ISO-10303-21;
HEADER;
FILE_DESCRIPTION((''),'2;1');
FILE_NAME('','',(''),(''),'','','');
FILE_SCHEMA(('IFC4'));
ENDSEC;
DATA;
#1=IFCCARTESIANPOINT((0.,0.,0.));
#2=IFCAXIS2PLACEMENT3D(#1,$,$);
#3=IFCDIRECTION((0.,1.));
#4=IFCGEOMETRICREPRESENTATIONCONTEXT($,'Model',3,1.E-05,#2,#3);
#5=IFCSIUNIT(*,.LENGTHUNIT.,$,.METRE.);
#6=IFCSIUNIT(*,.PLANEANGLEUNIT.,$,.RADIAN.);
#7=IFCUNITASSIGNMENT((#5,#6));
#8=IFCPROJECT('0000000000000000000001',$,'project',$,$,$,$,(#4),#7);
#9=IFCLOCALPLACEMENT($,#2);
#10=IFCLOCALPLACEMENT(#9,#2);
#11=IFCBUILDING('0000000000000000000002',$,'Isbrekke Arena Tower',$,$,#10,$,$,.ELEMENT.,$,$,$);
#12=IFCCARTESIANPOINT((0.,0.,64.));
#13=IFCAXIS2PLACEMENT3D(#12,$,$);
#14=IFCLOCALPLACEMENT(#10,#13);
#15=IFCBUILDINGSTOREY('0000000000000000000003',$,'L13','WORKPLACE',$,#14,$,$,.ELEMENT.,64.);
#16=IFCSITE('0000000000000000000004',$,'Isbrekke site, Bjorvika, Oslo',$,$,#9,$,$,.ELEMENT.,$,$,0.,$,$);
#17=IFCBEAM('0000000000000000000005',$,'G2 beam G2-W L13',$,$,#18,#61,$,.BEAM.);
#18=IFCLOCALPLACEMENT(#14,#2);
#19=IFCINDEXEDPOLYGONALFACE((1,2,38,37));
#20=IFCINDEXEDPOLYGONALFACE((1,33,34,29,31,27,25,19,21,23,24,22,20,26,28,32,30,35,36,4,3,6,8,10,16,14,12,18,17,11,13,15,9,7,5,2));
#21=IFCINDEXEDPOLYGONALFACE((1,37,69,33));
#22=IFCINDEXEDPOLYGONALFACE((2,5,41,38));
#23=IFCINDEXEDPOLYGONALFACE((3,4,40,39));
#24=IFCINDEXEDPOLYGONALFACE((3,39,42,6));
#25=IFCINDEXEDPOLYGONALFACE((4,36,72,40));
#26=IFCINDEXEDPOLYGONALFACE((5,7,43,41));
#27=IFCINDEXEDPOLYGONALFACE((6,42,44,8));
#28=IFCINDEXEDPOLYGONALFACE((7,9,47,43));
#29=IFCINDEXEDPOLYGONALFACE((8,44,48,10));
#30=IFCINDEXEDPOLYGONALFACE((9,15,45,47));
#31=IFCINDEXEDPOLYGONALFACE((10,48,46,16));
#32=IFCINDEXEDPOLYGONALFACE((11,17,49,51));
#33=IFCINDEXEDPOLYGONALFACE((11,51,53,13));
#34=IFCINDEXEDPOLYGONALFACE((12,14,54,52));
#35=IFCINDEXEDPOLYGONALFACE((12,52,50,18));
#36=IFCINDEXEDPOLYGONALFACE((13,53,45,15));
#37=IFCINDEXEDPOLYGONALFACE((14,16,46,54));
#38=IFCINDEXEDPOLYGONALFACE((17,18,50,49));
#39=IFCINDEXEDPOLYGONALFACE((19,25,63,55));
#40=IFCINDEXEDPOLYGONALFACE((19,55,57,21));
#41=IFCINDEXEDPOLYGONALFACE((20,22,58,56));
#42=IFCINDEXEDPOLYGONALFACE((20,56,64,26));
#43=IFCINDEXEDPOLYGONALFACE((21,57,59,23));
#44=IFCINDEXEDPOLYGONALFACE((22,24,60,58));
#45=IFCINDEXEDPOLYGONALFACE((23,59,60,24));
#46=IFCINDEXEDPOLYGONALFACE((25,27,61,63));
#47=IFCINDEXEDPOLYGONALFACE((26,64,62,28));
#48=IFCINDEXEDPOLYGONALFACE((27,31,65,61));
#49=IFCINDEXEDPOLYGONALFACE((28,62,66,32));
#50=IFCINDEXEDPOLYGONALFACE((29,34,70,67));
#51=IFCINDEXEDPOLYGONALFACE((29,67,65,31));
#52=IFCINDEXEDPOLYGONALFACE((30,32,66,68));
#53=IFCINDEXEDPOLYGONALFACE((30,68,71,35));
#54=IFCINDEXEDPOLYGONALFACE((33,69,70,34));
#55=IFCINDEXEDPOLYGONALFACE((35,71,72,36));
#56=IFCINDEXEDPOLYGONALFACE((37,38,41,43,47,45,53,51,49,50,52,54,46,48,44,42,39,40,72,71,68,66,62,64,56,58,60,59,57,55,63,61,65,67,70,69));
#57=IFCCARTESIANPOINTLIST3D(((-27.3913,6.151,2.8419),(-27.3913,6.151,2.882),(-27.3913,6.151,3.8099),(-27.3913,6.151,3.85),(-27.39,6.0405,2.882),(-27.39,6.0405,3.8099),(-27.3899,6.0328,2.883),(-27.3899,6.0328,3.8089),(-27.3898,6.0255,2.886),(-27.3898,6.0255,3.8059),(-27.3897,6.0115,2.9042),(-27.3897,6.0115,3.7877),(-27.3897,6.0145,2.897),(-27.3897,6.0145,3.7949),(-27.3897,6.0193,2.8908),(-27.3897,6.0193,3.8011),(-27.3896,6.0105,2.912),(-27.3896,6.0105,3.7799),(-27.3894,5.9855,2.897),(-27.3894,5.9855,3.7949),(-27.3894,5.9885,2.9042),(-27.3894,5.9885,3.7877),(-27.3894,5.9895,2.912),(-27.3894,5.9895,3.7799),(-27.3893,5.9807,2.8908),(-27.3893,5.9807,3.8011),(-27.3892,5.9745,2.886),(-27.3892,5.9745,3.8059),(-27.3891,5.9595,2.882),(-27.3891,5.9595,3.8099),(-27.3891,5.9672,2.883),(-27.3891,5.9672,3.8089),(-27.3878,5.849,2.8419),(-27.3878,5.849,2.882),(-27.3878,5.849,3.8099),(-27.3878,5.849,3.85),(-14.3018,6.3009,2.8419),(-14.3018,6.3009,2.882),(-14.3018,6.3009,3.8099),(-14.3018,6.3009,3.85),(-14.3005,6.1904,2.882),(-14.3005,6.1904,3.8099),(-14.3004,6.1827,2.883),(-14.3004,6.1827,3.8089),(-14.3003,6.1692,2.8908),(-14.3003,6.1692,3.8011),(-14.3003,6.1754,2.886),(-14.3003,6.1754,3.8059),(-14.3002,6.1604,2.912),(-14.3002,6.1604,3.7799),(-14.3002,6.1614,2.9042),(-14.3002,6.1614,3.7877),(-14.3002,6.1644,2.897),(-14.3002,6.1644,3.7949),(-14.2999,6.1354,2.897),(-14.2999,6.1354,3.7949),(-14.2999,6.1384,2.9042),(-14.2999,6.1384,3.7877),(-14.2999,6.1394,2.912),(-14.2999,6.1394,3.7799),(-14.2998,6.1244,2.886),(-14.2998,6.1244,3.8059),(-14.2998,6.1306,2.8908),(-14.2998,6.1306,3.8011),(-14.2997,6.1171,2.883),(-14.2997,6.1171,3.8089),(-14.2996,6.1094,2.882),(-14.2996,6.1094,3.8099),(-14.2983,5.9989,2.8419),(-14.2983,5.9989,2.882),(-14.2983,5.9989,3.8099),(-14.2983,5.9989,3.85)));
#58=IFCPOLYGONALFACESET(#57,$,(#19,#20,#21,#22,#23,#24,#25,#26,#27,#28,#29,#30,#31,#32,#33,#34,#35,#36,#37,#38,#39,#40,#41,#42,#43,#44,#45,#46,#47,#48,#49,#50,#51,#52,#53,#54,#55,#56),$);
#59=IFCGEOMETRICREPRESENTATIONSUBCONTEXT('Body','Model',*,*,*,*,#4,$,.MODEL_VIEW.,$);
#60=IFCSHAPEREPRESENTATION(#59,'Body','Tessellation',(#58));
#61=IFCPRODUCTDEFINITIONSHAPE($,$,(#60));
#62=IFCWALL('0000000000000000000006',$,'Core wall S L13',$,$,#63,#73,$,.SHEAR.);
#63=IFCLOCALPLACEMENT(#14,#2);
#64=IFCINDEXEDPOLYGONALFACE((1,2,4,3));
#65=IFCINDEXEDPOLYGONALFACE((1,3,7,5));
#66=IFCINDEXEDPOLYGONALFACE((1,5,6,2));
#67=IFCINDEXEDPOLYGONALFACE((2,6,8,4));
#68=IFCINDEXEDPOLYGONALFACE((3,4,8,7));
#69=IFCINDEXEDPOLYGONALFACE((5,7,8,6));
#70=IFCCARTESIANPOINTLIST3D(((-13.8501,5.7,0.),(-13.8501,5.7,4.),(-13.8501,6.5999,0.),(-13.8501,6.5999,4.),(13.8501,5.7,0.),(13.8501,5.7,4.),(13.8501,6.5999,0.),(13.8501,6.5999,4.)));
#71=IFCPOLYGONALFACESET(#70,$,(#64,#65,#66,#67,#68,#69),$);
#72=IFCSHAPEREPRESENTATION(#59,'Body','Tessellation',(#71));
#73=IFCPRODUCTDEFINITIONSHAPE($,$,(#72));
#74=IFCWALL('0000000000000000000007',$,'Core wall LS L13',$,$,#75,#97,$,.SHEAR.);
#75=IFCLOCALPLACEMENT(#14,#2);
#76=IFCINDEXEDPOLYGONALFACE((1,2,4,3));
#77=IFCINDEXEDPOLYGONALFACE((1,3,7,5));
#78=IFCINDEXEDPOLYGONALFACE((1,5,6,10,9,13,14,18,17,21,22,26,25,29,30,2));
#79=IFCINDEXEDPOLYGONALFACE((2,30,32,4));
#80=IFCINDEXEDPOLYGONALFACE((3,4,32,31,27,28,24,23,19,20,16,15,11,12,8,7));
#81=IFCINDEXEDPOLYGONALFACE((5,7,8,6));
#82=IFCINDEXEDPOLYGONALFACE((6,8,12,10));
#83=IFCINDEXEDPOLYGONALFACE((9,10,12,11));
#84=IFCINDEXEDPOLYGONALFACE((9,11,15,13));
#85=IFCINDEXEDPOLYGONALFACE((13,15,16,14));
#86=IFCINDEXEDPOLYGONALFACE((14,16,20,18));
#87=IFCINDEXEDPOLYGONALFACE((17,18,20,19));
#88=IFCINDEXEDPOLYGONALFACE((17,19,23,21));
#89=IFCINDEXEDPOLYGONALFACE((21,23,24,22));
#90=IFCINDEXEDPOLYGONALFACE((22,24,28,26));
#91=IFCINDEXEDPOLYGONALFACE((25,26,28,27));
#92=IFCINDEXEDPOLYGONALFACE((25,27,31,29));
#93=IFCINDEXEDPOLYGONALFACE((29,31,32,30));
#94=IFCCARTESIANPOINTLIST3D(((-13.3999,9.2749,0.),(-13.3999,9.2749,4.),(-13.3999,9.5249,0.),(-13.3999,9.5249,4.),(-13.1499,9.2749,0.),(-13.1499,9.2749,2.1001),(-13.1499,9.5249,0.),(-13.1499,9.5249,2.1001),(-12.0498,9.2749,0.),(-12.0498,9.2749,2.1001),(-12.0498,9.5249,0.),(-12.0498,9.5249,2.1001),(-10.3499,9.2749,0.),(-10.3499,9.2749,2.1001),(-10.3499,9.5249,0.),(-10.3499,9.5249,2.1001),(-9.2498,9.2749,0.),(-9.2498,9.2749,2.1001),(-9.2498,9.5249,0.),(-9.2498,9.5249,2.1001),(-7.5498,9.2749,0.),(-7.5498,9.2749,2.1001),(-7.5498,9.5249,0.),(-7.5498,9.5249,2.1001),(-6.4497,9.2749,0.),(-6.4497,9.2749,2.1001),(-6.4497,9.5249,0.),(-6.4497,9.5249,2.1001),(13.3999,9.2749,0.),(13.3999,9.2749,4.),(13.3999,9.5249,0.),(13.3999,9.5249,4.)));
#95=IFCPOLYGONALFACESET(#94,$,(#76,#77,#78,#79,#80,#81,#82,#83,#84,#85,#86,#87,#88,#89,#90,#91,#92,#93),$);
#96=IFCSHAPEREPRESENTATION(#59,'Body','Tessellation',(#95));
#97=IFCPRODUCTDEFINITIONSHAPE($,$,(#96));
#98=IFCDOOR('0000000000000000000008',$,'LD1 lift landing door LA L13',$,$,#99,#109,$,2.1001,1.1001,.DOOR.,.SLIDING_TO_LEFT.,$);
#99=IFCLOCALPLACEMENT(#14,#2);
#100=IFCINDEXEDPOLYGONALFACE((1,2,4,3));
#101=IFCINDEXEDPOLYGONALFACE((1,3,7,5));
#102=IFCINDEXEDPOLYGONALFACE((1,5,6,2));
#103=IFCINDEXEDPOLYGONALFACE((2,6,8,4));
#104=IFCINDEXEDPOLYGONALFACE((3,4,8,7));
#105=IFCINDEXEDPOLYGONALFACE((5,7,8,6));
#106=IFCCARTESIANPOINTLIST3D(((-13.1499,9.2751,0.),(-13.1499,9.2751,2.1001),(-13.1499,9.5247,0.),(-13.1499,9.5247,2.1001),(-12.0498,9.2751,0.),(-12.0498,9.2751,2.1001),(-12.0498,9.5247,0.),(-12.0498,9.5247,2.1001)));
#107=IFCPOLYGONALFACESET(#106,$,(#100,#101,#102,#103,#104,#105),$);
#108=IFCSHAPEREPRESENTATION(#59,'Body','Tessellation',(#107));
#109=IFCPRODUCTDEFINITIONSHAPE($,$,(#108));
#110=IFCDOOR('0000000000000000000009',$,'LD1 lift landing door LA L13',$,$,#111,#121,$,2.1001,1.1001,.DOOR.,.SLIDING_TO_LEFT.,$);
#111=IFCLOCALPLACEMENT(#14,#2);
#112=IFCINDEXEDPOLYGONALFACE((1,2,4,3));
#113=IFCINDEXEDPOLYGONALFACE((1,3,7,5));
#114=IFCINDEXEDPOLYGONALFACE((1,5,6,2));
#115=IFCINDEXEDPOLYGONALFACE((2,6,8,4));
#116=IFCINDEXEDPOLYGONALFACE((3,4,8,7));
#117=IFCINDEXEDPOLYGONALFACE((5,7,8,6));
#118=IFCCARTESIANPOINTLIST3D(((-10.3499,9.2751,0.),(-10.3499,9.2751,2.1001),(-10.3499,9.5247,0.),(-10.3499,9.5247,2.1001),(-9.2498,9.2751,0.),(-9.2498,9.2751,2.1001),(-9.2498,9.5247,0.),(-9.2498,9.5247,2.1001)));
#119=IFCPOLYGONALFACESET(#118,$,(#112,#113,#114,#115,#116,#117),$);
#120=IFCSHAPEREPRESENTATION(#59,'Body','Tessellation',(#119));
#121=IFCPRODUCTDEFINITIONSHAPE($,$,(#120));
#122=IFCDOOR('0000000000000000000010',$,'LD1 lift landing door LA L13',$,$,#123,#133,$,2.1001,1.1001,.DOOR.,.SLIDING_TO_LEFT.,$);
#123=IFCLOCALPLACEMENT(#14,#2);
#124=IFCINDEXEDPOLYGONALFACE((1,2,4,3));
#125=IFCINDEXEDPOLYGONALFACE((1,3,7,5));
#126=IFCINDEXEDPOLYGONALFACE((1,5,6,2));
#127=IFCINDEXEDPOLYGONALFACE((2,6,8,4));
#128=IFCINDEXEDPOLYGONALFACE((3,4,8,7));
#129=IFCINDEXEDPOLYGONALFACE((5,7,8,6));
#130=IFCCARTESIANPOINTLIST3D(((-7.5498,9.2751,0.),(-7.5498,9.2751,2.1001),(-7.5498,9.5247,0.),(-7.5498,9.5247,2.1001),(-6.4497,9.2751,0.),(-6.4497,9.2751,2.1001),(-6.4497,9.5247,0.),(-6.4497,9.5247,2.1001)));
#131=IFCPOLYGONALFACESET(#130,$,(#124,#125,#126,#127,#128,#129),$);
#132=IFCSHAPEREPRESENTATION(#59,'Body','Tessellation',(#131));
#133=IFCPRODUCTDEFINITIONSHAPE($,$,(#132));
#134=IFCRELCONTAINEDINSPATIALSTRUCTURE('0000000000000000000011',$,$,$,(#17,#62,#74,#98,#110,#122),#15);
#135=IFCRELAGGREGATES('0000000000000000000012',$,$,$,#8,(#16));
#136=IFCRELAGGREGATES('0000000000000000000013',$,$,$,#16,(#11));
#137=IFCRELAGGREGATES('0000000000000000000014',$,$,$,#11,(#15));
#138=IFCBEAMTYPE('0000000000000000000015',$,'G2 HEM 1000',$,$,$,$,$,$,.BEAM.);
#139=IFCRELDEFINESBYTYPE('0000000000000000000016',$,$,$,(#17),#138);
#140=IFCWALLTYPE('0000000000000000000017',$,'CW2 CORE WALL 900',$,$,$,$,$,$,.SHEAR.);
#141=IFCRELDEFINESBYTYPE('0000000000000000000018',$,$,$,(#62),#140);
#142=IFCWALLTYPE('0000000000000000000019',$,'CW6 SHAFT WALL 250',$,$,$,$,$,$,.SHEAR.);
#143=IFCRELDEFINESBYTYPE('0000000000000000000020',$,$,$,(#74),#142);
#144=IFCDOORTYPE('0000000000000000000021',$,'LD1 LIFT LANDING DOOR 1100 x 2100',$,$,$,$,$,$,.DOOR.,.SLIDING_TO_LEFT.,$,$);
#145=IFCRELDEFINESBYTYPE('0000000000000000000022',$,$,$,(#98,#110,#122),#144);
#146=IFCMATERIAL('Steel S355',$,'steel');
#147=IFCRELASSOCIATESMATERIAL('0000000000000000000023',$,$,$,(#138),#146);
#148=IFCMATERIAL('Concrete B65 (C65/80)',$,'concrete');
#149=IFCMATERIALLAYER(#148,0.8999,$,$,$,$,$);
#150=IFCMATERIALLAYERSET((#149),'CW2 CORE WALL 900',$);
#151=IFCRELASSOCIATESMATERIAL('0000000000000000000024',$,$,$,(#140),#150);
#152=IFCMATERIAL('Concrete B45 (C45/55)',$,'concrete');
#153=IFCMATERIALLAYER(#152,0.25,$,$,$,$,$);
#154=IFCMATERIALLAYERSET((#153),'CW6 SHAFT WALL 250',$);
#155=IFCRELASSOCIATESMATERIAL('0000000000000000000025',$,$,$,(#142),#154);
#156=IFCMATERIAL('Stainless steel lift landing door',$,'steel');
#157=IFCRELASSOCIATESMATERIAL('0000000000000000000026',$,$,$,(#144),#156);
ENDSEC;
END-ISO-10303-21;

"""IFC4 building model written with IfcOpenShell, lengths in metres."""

from ifc_helpers import new_model, si_unit, direction, frame, frame_2d, origin, origin_2d, place, context, subcontext, project, spatial, rectangle, i_section, extrude, material, layer, layer_set, material_profile, profile_set, type_object, element, fill, save


model = new_model("IFC4")

# Units and contexts
model_context = context("Model", 3, precision=1e-05, world=origin(), true_north=direction((0.0, 1.0)))
body_context = subcontext(model_context, "Body", "Model", "MODEL_VIEW")
ifc_project = project(units=[si_unit("LENGTHUNIT", "METRE"), si_unit("PLANEANGLEUNIT", "RADIAN")], contexts=[model_context])

# Site, building, storey
site_placement = place(None, origin())
site = spatial("IfcSite", under=ifc_project, at=site_placement, Name="Isbrekke site, Bjorvika, Oslo", CompositionType="ELEMENT", RefElevation=0.0)
building_placement = place(site_placement, origin())
building = spatial("IfcBuilding", under=site, at=building_placement, Name="Isbrekke Arena Tower", CompositionType="ELEMENT")
storey_placement = place(building_placement, frame((0.0, 0.0, 64.0)))
storey = spatial("IfcBuildingStorey", under=building, at=storey_placement, Name="L13", Description="WORKPLACE", CompositionType="ELEMENT", Elevation=64.0)

# Beam
ifc_material_1 = material(Name="Steel S355", Category="steel")
ifc_material_profile = material_profile(ifc_material_1, i_section(OverallWidth=0.302, OverallDepth=1.0081, WebThickness=0.021, FlangeThickness=0.04, FilletRadius=0.03, at=origin_2d()), Name="HEM 1000")
ifc_profile_set = profile_set([ifc_material_profile], Name="Steel S355")
beam_type = type_object("IfcBeamType", Name="G2 HEM 1000", PredefinedType="BEAM", material=ifc_profile_set)
beam_placement = place(storey_placement, frame((-14.3, 6.1499, 3.3459), z_axis=(-0.999934, -0.011451, 0.0), x_axis=(0.011451, -0.999934, 0.0)))
element("IfcBeam", 1, at=beam_placement, inside=storey, type_object=beam_type, Name="G2 beam G2-W L13", PredefinedType="BEAM", context=body_context, shape_type="SweptSolid", body=[
    extrude(i_section(OverallWidth=0.302, OverallDepth=1.0081, WebThickness=0.021, FlangeThickness=0.04, FilletRadius=0.03, at=origin_2d()), origin(), (0.0, 0.0, 1.0), 13.0903),
])

# Wall
ifc_material_2 = material(Name="Concrete B65 (C65/80)", Category="concrete")
ifc_layer_1 = layer(ifc_material_2, 0.8999)
ifc_layer_set_1 = layer_set([ifc_layer_1], Name="CW2 CORE WALL 900")
wall_type_1 = type_object("IfcWallType", Name="CW2 CORE WALL 900", PredefinedType="SHEAR", material=ifc_layer_set_1)
wall_1_placement = place(storey_placement, frame((-13.8501, 6.1499, 0.0), z_axis=(0.0, 0.0, 1.0), x_axis=(1.0, 0.0, 0.0)))
element("IfcWall", 2, at=wall_1_placement, inside=storey, type_object=wall_type_1, Name="Core wall S L13", PredefinedType="SHEAR", context=body_context, shape_type="SweptSolid", body=[
    extrude(rectangle(XDim=27.7002, YDim=0.8999, at=frame_2d((13.8501, 0.0))), origin(), (0.0, 0.0, 1.0), 4.0),
])

# Wall, openings, doors
ifc_material_3 = material(Name="Concrete B45 (C45/55)", Category="concrete")
ifc_layer_2 = layer(ifc_material_3, 0.25)
ifc_layer_set_2 = layer_set([ifc_layer_2], Name="CW6 SHAFT WALL 250")
wall_type_2 = type_object("IfcWallType", Name="CW6 SHAFT WALL 250", PredefinedType="SHEAR", material=ifc_layer_set_2)
wall_2_placement = place(storey_placement, frame((-13.3999, 9.3999, 0.0), z_axis=(0.0, 0.0, 1.0), x_axis=(1.0, 0.0, 0.0)))
wall_2 = element("IfcWall", 3, at=wall_2_placement, inside=storey, type_object=wall_type_2, Name="Core wall LS L13", PredefinedType="SHEAR", context=body_context, shape_type="SweptSolid", body=[
    extrude(rectangle(XDim=26.7998, YDim=0.25, at=frame_2d((13.3999, 0.0))), origin(), (0.0, 0.0, 1.0), 4.0),
])
opening_1_placement = place(wall_2_placement, frame((0.25, 0.0, 0.0)))
opening_1 = element("IfcOpeningElement", 4, at=opening_1_placement, cuts=wall_2, PredefinedType="OPENING", context=body_context, shape_type="SweptSolid", body=[
    extrude(rectangle(XDim=1.1001, YDim=2.1001, at=frame_2d((0.55, 1.05))), frame((0.0, 0.1399, 0.0), z_axis=(0.0, -1.0, 0.0), x_axis=(1.0, 0.0, 0.0)), (0.0, 0.0, 1.0), 0.2798),
])
opening_2_placement = place(wall_2_placement, frame((3.05, 0.0, 0.0)))
opening_2 = element("IfcOpeningElement", 5, at=opening_2_placement, cuts=wall_2, PredefinedType="OPENING", context=body_context, shape_type="SweptSolid", body=[
    extrude(rectangle(XDim=1.1001, YDim=2.1001, at=frame_2d((0.55, 1.05))), frame((0.0, 0.1399, 0.0), z_axis=(0.0, -1.0, 0.0), x_axis=(1.0, 0.0, 0.0)), (0.0, 0.0, 1.0), 0.2798),
])
opening_3_placement = place(wall_2_placement, frame((5.8501, 0.0, 0.0)))
opening_3 = element("IfcOpeningElement", 6, at=opening_3_placement, cuts=wall_2, PredefinedType="OPENING", context=body_context, shape_type="SweptSolid", body=[
    extrude(rectangle(XDim=1.1001, YDim=2.1001, at=frame_2d((0.55, 1.05))), frame((0.0, 0.1399, 0.0), z_axis=(0.0, -1.0, 0.0), x_axis=(1.0, 0.0, 0.0)), (0.0, 0.0, 1.0), 0.2798),
])
ifc_material_4 = material(Name="Stainless steel lift landing door", Category="steel")
door_type_1 = type_object("IfcDoorType", Name="LD1 LIFT LANDING DOOR 1100 x 2100", OperationType="SLIDING_TO_LEFT", PredefinedType="DOOR", material=ifc_material_4)
door_1_placement = place(opening_1_placement, origin())
door_1 = element("IfcDoor", 7, at=door_1_placement, inside=storey, type_object=door_type_1, Name="LD1 lift landing door LA L13", OperationType="SLIDING_TO_LEFT", OverallHeight=2.1001, OverallWidth=1.1001, PredefinedType="DOOR", context=body_context, shape_type="SweptSolid", body=[
    extrude(rectangle(XDim=1.1001, YDim=2.1001, at=frame_2d((0.55, 1.05))), frame((0.0, 0.1248, 0.0), z_axis=(0.0, -1.0, 0.0), x_axis=(1.0, 0.0, 0.0)), (0.0, 0.0, 1.0), 0.2495),
])
fill(opening_1, door_1)
door_2_placement = place(opening_2_placement, origin())
door_2 = element("IfcDoor", 8, at=door_2_placement, inside=storey, type_object=door_type_1, Name="LD1 lift landing door LA L13", OperationType="SLIDING_TO_LEFT", OverallHeight=2.1001, OverallWidth=1.1001, PredefinedType="DOOR", context=body_context, shape_type="SweptSolid", body=[
    extrude(rectangle(XDim=1.1001, YDim=2.1001, at=frame_2d((0.55, 1.05))), frame((0.0, 0.1248, 0.0), z_axis=(0.0, -1.0, 0.0), x_axis=(1.0, 0.0, 0.0)), (0.0, 0.0, 1.0), 0.2495),
])
fill(opening_2, door_2)
door_3_placement = place(opening_3_placement, origin())
door_3 = element("IfcDoor", 9, at=door_3_placement, inside=storey, type_object=door_type_1, Name="LD1 lift landing door LA L13", OperationType="SLIDING_TO_LEFT", OverallHeight=2.1001, OverallWidth=1.1001, PredefinedType="DOOR", context=body_context, shape_type="SweptSolid", body=[
    extrude(rectangle(XDim=1.1001, YDim=2.1001, at=frame_2d((0.55, 1.05))), frame((0.0, 0.1248, 0.0), z_axis=(0.0, -1.0, 0.0), x_axis=(1.0, 0.0, 0.0)), (0.0, 0.0, 1.0), 0.2495),
])
fill(opening_3, door_3)

save(model, "model.ifc")
